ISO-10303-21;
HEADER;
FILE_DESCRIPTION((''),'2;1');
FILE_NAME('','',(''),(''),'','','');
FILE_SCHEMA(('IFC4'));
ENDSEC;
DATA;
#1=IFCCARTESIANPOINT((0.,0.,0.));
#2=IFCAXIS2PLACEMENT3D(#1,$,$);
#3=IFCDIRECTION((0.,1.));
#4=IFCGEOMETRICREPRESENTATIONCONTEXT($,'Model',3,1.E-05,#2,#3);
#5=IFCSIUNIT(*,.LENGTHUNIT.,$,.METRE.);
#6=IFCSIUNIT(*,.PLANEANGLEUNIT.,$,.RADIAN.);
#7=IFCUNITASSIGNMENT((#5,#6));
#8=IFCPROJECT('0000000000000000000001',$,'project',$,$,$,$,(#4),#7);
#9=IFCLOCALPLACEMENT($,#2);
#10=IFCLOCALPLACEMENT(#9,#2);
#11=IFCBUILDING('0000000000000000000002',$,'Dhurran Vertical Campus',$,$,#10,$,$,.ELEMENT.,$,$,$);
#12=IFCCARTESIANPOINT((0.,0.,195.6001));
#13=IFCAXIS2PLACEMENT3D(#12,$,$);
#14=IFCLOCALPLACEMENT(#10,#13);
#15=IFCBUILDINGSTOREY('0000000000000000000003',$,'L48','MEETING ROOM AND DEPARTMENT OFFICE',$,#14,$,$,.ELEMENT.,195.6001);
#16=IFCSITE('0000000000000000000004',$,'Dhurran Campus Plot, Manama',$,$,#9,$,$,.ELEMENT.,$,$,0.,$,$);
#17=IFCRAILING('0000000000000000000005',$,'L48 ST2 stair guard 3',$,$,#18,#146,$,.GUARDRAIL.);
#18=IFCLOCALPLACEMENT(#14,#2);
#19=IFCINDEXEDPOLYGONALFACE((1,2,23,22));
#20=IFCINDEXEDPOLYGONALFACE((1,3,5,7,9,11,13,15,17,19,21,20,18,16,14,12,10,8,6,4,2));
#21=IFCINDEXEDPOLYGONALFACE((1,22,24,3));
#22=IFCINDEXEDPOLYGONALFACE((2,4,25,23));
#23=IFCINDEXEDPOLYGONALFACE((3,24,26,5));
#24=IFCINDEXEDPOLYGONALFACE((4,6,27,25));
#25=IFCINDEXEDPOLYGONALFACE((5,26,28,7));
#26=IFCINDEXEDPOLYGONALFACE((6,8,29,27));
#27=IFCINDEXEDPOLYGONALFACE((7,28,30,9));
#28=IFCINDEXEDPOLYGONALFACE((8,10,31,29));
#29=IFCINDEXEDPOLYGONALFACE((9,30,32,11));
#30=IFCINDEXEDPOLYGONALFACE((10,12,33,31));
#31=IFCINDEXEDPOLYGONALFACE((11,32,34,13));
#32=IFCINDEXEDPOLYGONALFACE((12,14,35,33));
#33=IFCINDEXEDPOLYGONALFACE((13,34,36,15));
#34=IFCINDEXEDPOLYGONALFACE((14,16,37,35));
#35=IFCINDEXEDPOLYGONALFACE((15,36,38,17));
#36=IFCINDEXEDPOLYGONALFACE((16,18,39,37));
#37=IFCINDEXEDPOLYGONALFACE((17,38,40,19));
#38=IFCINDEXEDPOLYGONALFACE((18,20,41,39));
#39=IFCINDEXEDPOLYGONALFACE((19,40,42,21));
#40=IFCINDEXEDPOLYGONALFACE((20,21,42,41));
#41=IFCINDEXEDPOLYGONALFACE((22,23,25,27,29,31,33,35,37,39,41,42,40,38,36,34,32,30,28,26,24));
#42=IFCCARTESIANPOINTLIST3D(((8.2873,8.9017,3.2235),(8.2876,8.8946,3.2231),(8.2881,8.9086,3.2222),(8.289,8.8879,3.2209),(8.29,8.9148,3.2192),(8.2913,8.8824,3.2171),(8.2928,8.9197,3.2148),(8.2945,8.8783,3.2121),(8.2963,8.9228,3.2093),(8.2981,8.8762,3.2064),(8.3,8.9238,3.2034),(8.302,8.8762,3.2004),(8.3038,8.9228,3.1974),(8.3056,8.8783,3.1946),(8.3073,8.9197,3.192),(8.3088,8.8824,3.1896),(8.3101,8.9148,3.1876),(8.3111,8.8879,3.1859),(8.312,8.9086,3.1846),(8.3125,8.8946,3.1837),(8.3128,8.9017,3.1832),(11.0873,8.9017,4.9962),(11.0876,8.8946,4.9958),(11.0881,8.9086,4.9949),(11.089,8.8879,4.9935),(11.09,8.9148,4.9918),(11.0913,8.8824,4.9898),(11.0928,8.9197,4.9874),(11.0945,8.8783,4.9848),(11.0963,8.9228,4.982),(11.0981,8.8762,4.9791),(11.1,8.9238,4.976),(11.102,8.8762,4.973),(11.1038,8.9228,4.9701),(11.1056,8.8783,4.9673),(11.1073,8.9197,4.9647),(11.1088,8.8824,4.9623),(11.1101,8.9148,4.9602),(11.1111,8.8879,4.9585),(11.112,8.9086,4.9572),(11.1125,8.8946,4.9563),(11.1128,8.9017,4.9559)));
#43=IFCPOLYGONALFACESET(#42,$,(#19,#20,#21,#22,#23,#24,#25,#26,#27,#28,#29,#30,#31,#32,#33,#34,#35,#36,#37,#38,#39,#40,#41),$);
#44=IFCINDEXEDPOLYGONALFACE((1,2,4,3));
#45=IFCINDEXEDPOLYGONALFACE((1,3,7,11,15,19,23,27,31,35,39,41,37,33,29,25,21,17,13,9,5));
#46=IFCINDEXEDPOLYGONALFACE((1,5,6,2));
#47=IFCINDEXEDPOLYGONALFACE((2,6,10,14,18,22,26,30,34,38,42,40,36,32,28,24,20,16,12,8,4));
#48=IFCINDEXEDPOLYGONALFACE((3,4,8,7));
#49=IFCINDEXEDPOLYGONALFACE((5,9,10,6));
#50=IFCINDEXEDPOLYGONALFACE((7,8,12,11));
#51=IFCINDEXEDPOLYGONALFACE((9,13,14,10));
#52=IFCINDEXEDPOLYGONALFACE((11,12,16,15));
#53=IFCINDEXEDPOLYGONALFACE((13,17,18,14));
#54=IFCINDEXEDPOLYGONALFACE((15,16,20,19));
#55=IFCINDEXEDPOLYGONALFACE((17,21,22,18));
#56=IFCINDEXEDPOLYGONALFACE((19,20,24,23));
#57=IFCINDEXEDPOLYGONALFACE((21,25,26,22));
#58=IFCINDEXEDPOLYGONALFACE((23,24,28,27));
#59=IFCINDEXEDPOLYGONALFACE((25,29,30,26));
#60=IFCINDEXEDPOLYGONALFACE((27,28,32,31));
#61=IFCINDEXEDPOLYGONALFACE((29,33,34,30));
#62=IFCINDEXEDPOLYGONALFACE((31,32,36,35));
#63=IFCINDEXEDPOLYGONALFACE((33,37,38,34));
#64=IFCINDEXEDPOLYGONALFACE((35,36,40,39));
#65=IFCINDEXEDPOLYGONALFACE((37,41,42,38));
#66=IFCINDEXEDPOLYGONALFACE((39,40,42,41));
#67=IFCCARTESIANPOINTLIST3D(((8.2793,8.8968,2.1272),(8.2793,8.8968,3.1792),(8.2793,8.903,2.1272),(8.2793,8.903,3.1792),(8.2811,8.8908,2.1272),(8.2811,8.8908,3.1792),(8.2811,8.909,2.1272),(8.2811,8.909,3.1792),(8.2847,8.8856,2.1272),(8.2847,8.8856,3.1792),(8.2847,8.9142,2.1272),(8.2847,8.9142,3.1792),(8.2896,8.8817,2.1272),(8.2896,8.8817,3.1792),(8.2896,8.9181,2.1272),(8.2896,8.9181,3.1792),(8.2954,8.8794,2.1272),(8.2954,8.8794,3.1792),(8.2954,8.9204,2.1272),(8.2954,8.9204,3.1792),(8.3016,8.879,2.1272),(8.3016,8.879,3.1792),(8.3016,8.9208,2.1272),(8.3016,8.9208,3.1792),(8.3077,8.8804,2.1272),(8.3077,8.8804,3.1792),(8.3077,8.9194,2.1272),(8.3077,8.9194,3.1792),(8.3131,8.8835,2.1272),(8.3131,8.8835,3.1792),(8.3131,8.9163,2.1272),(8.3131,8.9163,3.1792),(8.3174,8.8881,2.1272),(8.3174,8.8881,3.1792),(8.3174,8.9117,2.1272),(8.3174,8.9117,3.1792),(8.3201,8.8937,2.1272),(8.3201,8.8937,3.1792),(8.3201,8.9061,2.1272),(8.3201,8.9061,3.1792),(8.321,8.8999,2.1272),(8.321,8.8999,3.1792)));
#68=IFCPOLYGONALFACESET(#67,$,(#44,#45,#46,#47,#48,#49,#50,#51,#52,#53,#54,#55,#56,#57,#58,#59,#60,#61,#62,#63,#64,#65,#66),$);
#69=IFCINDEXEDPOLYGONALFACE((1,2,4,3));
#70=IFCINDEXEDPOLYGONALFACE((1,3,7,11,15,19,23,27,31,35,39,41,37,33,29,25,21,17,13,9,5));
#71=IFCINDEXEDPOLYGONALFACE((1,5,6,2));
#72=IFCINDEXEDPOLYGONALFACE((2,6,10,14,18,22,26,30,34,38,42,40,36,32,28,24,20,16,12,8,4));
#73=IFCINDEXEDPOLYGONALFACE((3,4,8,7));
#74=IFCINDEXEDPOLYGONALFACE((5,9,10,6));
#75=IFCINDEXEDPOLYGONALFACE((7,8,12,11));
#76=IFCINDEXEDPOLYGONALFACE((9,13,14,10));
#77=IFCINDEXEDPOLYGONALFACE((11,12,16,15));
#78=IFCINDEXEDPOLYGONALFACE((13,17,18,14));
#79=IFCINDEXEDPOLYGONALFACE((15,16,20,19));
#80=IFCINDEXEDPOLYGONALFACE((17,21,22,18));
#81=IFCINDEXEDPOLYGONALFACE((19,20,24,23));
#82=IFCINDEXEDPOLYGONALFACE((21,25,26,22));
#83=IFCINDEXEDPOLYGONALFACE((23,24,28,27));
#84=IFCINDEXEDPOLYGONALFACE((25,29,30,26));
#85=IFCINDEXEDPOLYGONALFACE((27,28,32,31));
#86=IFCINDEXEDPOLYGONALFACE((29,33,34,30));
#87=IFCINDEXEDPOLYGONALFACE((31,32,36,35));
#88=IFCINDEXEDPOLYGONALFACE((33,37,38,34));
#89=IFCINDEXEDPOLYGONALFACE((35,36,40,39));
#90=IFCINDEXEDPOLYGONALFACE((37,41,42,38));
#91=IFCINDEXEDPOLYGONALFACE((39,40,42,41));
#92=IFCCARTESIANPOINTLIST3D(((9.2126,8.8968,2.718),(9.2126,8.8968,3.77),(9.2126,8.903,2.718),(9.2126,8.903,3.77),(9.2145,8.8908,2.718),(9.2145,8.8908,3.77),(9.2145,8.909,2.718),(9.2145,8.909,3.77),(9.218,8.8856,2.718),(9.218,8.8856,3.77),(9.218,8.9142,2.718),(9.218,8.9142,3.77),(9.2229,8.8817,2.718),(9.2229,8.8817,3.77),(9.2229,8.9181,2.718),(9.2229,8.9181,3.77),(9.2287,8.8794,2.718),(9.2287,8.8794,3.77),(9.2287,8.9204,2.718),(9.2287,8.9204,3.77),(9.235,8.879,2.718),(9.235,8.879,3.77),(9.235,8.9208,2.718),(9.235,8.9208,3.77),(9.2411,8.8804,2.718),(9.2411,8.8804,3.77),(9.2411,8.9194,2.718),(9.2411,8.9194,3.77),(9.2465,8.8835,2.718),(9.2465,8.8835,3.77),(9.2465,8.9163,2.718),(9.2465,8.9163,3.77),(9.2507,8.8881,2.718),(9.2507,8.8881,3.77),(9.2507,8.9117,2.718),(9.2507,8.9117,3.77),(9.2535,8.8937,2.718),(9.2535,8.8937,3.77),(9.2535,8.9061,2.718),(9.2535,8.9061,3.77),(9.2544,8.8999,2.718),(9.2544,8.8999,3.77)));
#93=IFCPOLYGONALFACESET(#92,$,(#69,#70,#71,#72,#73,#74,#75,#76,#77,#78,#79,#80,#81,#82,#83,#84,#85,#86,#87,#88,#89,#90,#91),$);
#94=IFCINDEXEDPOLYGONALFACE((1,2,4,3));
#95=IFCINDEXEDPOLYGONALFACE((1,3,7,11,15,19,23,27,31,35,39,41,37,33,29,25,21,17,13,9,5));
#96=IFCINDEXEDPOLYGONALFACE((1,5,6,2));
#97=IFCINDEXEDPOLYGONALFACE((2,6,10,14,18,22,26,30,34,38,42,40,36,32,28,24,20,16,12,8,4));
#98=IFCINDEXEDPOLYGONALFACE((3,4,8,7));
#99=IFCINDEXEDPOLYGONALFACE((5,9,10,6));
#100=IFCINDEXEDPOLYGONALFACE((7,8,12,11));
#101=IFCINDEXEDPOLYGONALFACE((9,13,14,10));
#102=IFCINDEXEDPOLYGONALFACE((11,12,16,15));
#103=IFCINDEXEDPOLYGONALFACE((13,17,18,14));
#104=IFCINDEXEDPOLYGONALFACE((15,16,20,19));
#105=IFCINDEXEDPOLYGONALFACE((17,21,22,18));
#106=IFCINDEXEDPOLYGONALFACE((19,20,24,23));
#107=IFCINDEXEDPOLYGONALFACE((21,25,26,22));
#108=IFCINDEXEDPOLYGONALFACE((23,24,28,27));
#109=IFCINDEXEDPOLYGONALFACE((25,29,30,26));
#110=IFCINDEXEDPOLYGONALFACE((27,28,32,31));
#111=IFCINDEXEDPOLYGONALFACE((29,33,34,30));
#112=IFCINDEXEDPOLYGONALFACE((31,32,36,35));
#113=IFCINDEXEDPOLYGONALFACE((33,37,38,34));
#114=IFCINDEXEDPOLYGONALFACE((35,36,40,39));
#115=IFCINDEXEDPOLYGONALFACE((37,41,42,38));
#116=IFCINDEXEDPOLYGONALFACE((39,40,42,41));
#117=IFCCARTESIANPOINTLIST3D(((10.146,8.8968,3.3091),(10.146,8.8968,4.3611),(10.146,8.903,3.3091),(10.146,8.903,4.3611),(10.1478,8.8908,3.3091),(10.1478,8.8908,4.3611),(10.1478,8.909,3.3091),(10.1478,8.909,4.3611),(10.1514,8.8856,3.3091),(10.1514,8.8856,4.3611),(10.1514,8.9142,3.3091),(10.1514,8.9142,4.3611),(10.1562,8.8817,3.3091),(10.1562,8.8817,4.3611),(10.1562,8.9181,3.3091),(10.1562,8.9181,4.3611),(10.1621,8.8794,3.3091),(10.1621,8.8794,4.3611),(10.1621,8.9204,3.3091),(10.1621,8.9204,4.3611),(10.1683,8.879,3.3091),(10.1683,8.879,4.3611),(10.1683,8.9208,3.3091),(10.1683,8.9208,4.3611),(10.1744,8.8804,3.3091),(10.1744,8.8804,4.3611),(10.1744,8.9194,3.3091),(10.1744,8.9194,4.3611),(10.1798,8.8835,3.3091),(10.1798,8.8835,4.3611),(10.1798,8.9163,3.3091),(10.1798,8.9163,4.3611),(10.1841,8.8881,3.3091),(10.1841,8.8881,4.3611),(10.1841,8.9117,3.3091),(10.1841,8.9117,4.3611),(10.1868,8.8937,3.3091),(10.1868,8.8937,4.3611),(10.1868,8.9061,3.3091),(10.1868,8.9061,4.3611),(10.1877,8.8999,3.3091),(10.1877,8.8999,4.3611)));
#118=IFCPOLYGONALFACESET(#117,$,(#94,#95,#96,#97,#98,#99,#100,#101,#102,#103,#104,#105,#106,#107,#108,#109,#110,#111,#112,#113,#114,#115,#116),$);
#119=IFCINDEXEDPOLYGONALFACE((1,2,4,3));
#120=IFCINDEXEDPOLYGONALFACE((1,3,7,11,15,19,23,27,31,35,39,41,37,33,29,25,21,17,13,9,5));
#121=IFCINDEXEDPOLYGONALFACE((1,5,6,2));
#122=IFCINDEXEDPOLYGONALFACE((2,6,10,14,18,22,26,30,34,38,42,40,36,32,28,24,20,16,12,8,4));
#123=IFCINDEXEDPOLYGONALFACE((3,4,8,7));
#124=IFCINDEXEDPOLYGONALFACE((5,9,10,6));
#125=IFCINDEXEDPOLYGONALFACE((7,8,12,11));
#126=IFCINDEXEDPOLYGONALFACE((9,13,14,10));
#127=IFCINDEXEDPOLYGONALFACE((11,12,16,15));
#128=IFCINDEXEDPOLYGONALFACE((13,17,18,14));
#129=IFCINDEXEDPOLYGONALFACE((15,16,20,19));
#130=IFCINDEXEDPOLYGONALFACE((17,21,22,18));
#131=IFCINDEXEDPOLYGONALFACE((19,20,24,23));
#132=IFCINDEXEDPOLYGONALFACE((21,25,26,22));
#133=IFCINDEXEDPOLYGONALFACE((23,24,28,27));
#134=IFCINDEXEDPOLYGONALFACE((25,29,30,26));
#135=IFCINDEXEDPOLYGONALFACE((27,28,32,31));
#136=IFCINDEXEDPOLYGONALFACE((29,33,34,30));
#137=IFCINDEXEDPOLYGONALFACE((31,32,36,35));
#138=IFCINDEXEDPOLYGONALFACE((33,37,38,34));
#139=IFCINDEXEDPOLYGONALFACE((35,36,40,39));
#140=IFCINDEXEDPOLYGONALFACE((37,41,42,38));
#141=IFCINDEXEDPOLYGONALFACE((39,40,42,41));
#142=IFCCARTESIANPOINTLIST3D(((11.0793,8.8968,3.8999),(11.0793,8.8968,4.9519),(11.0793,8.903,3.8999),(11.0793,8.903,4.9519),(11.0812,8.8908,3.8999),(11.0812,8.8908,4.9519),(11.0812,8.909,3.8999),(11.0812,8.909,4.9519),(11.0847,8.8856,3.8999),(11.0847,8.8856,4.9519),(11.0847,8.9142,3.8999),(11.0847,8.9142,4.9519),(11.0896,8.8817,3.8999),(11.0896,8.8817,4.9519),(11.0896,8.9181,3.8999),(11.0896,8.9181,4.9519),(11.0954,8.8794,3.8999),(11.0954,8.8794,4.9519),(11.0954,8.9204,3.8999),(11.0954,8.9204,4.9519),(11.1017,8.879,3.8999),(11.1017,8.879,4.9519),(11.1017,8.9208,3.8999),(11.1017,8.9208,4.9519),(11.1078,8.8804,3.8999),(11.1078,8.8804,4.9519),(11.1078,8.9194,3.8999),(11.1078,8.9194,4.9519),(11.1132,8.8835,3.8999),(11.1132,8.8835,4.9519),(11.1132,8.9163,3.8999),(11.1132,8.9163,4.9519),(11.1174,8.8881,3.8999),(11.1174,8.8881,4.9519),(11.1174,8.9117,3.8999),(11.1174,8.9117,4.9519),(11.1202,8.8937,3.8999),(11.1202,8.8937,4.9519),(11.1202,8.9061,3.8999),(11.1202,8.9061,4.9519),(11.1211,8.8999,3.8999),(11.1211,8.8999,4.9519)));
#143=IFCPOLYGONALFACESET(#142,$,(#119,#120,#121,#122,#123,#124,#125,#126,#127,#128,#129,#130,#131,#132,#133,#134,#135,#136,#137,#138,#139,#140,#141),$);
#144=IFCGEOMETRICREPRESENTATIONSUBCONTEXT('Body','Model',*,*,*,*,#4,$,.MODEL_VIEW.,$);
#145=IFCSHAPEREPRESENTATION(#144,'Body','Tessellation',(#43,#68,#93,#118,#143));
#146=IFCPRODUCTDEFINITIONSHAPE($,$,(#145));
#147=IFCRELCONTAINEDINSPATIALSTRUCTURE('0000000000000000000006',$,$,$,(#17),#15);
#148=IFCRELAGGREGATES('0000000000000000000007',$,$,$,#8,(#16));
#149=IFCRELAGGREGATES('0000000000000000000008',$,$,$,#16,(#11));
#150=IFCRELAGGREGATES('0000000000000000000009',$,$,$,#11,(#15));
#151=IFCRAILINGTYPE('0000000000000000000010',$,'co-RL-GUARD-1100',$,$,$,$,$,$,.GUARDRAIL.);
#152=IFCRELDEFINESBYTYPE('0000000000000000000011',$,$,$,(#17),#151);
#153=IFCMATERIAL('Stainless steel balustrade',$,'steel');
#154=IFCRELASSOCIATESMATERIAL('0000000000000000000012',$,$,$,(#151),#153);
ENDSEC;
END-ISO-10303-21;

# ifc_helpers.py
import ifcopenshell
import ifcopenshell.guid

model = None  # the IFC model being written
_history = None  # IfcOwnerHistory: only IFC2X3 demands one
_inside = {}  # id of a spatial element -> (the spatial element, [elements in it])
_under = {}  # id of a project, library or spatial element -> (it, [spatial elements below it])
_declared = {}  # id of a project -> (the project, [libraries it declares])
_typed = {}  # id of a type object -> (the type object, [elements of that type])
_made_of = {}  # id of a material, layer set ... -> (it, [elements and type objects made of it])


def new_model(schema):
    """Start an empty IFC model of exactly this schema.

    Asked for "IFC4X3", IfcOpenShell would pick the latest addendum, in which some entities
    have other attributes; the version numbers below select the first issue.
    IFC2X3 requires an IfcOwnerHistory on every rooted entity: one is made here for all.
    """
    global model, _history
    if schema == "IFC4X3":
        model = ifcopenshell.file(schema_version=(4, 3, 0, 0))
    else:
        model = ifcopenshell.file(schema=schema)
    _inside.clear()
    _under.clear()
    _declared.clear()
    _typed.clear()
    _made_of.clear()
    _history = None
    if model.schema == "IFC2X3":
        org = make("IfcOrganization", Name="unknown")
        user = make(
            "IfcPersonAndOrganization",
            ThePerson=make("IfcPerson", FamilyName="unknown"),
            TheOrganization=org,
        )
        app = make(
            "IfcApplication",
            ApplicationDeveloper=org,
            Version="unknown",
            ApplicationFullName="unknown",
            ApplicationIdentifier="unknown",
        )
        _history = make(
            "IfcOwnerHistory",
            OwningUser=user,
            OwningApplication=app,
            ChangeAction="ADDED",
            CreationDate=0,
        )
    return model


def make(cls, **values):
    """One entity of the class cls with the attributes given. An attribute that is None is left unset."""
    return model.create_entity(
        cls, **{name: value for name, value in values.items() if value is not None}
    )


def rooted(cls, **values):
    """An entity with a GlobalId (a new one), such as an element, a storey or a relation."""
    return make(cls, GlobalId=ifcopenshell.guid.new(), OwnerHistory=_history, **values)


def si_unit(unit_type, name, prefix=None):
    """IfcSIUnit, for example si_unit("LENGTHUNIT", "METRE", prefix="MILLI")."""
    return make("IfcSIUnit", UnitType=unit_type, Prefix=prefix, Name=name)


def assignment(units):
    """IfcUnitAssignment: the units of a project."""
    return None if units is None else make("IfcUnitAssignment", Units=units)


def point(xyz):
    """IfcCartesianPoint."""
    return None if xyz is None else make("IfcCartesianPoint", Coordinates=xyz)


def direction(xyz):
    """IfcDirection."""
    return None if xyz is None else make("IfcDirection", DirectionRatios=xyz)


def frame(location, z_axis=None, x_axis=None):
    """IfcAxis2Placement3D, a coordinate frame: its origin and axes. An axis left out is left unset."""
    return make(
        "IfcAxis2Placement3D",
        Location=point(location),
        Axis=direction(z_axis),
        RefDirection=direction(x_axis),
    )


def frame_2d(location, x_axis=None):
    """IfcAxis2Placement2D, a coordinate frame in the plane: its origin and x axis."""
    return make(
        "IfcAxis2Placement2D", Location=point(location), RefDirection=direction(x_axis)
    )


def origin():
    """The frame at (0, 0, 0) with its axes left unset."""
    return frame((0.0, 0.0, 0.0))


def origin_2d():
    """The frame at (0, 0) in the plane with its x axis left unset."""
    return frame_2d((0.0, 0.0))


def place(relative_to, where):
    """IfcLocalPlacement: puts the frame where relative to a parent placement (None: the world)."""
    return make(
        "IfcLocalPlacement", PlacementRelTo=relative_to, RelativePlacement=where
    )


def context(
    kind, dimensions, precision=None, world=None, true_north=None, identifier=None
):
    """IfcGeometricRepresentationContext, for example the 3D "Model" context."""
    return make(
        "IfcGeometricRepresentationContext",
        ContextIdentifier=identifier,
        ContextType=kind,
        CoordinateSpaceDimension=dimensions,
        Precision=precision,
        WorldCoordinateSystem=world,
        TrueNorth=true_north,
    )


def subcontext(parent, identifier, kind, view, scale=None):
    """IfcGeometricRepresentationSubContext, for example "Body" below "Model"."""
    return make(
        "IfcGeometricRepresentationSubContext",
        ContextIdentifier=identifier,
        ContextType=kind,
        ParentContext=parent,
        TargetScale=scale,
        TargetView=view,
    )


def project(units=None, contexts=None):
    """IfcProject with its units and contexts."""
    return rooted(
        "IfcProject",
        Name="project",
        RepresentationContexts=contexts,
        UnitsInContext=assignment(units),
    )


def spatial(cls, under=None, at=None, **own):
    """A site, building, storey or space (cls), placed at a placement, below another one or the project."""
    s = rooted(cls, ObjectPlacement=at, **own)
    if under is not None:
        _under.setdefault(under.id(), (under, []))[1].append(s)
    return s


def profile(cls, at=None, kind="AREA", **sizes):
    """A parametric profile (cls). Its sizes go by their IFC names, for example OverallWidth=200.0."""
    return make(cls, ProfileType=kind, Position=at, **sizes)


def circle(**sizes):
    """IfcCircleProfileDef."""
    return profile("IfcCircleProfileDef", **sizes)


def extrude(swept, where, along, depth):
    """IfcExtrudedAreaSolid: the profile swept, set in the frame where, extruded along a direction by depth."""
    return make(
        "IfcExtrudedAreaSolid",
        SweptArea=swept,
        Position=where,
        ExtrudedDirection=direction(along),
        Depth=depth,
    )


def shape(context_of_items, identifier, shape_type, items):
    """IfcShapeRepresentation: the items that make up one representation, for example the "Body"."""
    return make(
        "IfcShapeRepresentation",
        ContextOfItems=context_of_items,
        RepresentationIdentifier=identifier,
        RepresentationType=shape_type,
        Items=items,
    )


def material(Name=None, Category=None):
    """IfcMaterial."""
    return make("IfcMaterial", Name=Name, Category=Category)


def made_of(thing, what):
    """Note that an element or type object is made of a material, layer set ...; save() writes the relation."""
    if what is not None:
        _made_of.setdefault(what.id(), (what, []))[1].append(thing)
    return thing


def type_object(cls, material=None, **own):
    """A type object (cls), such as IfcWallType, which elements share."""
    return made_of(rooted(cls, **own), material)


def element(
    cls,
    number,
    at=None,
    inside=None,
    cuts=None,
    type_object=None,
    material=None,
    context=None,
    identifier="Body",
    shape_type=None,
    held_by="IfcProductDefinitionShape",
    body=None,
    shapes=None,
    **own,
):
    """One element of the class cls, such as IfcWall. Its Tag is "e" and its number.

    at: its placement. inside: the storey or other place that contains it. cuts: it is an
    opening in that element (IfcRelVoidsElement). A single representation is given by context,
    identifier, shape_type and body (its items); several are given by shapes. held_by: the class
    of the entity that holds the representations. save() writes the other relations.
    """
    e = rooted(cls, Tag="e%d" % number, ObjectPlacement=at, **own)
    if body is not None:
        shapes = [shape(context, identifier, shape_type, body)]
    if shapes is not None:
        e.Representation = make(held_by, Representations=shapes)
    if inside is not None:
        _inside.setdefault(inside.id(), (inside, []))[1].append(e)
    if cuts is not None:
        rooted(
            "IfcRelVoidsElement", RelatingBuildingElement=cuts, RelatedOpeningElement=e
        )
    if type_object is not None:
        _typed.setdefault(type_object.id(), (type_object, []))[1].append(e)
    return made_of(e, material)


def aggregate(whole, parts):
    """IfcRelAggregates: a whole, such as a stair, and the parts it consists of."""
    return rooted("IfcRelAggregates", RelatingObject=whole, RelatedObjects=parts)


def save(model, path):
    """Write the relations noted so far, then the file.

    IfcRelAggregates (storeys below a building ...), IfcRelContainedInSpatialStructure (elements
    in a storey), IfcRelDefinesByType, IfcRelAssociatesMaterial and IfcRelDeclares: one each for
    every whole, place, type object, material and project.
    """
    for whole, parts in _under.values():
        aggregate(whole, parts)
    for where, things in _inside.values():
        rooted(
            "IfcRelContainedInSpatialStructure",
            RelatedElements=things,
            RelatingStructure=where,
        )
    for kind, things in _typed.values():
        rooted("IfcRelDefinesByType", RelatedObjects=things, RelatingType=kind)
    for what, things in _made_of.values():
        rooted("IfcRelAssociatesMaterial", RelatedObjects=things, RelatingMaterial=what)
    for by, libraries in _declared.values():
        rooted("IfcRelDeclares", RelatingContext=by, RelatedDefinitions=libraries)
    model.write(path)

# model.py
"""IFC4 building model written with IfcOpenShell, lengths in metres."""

from ifc_helpers import new_model, si_unit, direction, frame, origin, origin_2d, place, context, subcontext, project, spatial, circle, extrude, material, type_object, element, save


model = new_model("IFC4")

# Units and contexts
model_context = context("Model", 3, precision=1e-05, world=origin(), true_north=direction((0.0, 1.0)))
body_context = subcontext(model_context, "Body", "Model", "MODEL_VIEW")
ifc_project = project(units=[si_unit("LENGTHUNIT", "METRE"), si_unit("PLANEANGLEUNIT", "RADIAN")], contexts=[model_context])

# Site, building, storey
site_placement = place(None, origin())
site = spatial("IfcSite", under=ifc_project, at=site_placement, Name="Dhurran Campus Plot, Manama", CompositionType="ELEMENT", RefElevation=0.0)
building_placement = place(site_placement, origin())
building = spatial("IfcBuilding", under=site, at=building_placement, Name="Dhurran Vertical Campus", CompositionType="ELEMENT")
storey_placement = place(building_placement, frame((0.0, 0.0, 195.6001)))
storey = spatial("IfcBuildingStorey", under=building, at=storey_placement, Name="L48", Description="MEETING ROOM AND DEPARTMENT OFFICE", CompositionType="ELEMENT", Elevation=195.6001)

# Railing
ifc_material_1 = material(Name="Stainless steel balustrade", Category="steel")
railing_type_1 = type_object("IfcRailingType", Name="co-RL-GUARD-1100", PredefinedType="GUARDRAIL", material=ifc_material_1)
railing_1_placement = place(storey_placement, frame((8.3, 8.8999, 2.1272)))
element("IfcRailing", 1, at=railing_1_placement, inside=storey, type_object=railing_type_1, Name="L48 ST2 stair guard 3", PredefinedType="GUARDRAIL", context=body_context, shape_type="SweptSolid", body=[
    extrude(circle(Radius=0.0239, at=origin_2d()), frame((0.0, 0.0, 1.0762), z_axis=(0.844909, 0.0, 0.53491), x_axis=(0.0, 1.0, 0.0)), (0.0, 0.0, 1.0), 3.314),
    extrude(circle(Radius=0.021, at=origin_2d()), origin(), (0.0, 0.0, 1.0), 1.052),
    extrude(circle(Radius=0.021, at=origin_2d()), frame((0.9333, 0.0, 0.5908)), (0.0, 0.0, 1.0), 1.052),
    extrude(circle(Radius=0.021, at=origin_2d()), frame((1.8667, 0.0, 1.1819)), (0.0, 0.0, 1.0), 1.052),
    extrude(circle(Radius=0.021, at=origin_2d()), frame((2.8, 0.0, 1.7727)), (0.0, 0.0, 1.0), 1.052),
])

save(model, "model.ifc")
